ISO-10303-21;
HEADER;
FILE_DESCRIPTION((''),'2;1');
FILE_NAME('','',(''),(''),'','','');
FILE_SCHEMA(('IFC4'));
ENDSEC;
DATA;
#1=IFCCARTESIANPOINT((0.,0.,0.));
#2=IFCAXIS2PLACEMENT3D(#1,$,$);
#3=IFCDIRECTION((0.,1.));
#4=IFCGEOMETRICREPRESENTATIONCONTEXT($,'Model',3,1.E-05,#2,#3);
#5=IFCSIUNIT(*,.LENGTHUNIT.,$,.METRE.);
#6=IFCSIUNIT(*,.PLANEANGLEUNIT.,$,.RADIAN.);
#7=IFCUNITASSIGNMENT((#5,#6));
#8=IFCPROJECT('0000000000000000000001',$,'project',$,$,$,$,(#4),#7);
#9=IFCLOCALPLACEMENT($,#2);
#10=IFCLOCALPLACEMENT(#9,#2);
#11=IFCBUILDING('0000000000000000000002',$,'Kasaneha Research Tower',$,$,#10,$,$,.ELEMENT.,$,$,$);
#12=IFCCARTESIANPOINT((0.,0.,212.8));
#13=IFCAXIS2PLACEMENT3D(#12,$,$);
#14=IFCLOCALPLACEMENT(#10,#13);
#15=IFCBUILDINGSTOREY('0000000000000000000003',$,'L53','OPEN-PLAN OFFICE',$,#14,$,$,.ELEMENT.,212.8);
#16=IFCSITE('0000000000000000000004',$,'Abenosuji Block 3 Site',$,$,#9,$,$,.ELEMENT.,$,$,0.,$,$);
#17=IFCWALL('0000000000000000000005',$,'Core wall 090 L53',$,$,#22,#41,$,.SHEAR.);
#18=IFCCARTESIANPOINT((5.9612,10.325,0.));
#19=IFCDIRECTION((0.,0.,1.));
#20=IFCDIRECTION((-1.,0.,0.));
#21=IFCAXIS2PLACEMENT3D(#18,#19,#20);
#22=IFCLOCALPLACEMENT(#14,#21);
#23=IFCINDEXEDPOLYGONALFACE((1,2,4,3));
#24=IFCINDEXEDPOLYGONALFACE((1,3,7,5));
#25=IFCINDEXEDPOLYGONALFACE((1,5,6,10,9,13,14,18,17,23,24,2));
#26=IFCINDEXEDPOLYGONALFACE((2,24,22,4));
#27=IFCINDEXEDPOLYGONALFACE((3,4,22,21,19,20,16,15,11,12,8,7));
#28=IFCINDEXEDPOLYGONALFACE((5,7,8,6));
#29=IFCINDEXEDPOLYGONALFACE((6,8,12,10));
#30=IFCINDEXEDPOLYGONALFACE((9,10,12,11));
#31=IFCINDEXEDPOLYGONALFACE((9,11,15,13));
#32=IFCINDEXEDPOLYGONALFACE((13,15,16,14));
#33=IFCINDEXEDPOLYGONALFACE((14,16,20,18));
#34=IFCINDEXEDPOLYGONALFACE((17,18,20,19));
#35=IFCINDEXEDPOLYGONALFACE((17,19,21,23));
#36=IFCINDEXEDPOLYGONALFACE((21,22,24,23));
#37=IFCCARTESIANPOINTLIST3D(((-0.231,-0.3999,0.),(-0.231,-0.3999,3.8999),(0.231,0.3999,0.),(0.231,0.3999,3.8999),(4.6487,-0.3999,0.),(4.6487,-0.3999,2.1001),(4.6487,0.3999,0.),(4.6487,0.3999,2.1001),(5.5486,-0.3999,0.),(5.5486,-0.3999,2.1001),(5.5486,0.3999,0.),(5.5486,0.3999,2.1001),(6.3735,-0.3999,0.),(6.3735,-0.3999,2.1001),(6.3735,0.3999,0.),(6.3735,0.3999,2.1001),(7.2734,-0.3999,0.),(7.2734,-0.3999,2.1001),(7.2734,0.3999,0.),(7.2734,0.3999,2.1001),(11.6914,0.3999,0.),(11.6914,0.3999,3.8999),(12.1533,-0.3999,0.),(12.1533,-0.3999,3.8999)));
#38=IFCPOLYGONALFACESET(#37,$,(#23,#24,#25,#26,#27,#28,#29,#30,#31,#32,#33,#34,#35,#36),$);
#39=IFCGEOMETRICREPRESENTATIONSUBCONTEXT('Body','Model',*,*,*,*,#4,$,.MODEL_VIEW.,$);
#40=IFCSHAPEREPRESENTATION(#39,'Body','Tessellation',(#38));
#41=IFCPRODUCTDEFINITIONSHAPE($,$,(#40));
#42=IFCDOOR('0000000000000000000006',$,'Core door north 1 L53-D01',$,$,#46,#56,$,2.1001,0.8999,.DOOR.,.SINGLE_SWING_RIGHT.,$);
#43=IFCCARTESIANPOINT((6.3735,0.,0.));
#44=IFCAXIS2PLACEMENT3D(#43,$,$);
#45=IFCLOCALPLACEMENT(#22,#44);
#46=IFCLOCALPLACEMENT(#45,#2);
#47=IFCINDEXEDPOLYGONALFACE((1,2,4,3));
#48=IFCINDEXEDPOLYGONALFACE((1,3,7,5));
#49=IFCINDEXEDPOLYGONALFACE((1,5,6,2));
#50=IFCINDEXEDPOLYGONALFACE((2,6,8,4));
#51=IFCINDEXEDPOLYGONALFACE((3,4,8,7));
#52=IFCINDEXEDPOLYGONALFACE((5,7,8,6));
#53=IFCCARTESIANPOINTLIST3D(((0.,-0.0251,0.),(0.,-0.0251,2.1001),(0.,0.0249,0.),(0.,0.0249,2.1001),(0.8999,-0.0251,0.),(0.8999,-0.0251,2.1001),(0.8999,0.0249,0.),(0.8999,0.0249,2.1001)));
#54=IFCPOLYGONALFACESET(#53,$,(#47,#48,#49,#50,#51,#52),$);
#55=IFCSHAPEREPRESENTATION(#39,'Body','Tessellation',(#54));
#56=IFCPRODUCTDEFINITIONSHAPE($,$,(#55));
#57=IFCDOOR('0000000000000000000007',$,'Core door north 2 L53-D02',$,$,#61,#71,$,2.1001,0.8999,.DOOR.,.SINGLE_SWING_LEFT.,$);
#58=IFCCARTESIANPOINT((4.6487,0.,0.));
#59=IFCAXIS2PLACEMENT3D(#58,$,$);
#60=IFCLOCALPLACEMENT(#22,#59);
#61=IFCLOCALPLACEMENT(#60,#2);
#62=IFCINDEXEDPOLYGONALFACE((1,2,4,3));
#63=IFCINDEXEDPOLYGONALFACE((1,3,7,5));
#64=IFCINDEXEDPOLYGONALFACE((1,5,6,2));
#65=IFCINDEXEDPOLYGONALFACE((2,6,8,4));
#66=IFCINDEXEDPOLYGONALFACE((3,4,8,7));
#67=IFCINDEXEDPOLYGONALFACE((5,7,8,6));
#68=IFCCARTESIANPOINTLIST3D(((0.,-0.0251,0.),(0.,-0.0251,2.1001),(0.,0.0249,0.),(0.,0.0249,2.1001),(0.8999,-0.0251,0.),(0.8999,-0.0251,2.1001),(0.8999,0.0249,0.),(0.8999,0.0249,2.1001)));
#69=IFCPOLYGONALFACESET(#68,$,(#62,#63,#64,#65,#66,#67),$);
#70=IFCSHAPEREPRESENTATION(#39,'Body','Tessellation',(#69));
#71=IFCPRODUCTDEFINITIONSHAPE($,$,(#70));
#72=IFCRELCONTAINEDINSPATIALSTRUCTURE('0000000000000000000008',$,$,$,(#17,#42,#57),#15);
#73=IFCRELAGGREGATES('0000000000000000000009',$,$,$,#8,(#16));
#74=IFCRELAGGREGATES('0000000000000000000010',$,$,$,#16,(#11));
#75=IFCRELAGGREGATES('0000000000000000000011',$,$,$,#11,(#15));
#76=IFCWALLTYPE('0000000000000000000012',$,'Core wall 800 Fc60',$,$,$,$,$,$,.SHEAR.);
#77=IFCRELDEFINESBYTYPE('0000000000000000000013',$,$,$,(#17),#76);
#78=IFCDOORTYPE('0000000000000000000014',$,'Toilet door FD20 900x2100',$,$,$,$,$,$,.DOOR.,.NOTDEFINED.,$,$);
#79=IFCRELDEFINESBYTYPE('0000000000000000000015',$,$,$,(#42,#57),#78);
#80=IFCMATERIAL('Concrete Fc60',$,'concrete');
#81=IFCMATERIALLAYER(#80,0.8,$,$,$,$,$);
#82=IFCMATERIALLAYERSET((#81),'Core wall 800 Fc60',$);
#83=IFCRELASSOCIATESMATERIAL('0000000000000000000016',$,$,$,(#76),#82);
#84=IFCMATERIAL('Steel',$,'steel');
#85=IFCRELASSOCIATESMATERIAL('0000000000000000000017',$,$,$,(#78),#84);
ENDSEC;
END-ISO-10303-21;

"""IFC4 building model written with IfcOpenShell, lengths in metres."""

from ifc_helpers import new_model, si_unit, direction, frame, frame_2d, origin, place, context, subcontext, project, spatial, polyline, rectangle, outline, extrude, material, layer, layer_set, type_object, element, fill, save


model = new_model("IFC4")

# Units and contexts
model_context = context("Model", 3, precision=1e-05, world=origin(), true_north=direction((0.0, 1.0)))
body_context = subcontext(model_context, "Body", "Model", "MODEL_VIEW")
ifc_project = project(units=[si_unit("LENGTHUNIT", "METRE"), si_unit("PLANEANGLEUNIT", "RADIAN")], contexts=[model_context])

# Site, building, storey
site_placement = place(None, origin())
site = spatial("IfcSite", under=ifc_project, at=site_placement, Name="Abenosuji Block 3 Site", CompositionType="ELEMENT", RefElevation=0.0)
building_placement = place(site_placement, origin())
building = spatial("IfcBuilding", under=site, at=building_placement, Name="Kasaneha Research Tower", CompositionType="ELEMENT")
storey_placement = place(building_placement, frame((0.0, 0.0, 212.8)))
storey = spatial("IfcBuildingStorey", under=building, at=storey_placement, Name="L53", Description="OPEN-PLAN OFFICE", CompositionType="ELEMENT", Elevation=212.8)

# Wall, openings, doors
ifc_material_1 = material(Name="Concrete Fc60", Category="concrete")
ifc_layer_1 = layer(ifc_material_1, 0.8)
ifc_layer_set_1 = layer_set([ifc_layer_1], Name="Core wall 800 Fc60")
wall_type_1 = type_object("IfcWallType", Name="Core wall 800 Fc60", PredefinedType="SHEAR", material=ifc_layer_set_1)
wall_1_placement = place(storey_placement, frame((5.9612, 10.325, 0.0), z_axis=(0.0, 0.0, 1.0), x_axis=(-1.0, 0.0, 0.0)))
wall_1 = element("IfcWall", 1, at=wall_1_placement, inside=storey, type_object=wall_type_1, Name="Core wall 090 L53", PredefinedType="SHEAR", context=body_context, shape_type="SweptSolid", body=[
    extrude(outline(polyline([(-0.231, -0.3999), (4.6487, -0.3999), (5.5486, -0.3999), (6.3735, -0.3999), (7.2734, -0.3999), (12.1533, -0.3999), (11.6914, 0.3999), (7.2734, 0.3999), (6.3735, 0.3999), (5.5486, 0.3999), (4.6487, 0.3999), (0.231, 0.3999), (-0.231, -0.3999)])), origin(), (0.0, 0.0, 1.0), 3.8999),
])
opening_1_placement = place(wall_1_placement, frame((6.3735, 0.0, 0.0)))
opening_1 = element("IfcOpeningElement", 2, at=opening_1_placement, cuts=wall_1, PredefinedType="OPENING", context=body_context, shape_type="SweptSolid", body=[
    extrude(rectangle(XDim=0.8999, YDim=2.1001, at=frame_2d((0.45, 1.05))), frame((0.0, 0.4102, 0.0), z_axis=(0.0, -1.0, 0.0), x_axis=(1.0, 0.0, 0.0)), (0.0, 0.0, 1.0), 0.8201),
])
opening_2_placement = place(wall_1_placement, frame((4.6487, 0.0, 0.0)))
opening_2 = element("IfcOpeningElement", 3, at=opening_2_placement, cuts=wall_1, PredefinedType="OPENING", context=body_context, shape_type="SweptSolid", body=[
    extrude(rectangle(XDim=0.8999, YDim=2.1001, at=frame_2d((0.45, 1.05))), frame((0.0, 0.4102, 0.0), z_axis=(0.0, -1.0, 0.0), x_axis=(1.0, 0.0, 0.0)), (0.0, 0.0, 1.0), 0.8201),
])
ifc_material_2 = material(Name="Steel", Category="steel")
door_type_1 = type_object("IfcDoorType", Name="Toilet door FD20 900x2100", OperationType="NOTDEFINED", PredefinedType="DOOR", material=ifc_material_2)
door_1_placement = place(opening_1_placement, origin())
door_1 = element("IfcDoor", 4, at=door_1_placement, inside=storey, type_object=door_type_1, Name="Core door north 1 L53-D01", OperationType="SINGLE_SWING_RIGHT", OverallHeight=2.1001, OverallWidth=0.8999, PredefinedType="DOOR", context=body_context, shape_type="SweptSolid", body=[
    extrude(rectangle(XDim=0.8999, YDim=2.1001, at=frame_2d((0.45, 1.05))), frame((0.0, 0.0249, 0.0), z_axis=(0.0, -1.0, 0.0), x_axis=(1.0, 0.0, 0.0)), (0.0, 0.0, 1.0), 0.05),
])
fill(opening_1, door_1)
door_2_placement = place(opening_2_placement, origin())
door_2 = element("IfcDoor", 5, at=door_2_placement, inside=storey, type_object=door_type_1, Name="Core door north 2 L53-D02", OperationType="SINGLE_SWING_LEFT", OverallHeight=2.1001, OverallWidth=0.8999, PredefinedType="DOOR", context=body_context, shape_type="SweptSolid", body=[
    extrude(rectangle(XDim=0.8999, YDim=2.1001, at=frame_2d((0.45, 1.05))), frame((0.0, 0.0249, 0.0), z_axis=(0.0, -1.0, 0.0), x_axis=(1.0, 0.0, 0.0)), (0.0, 0.0, 1.0), 0.05),
])
fill(opening_2, door_2)

save(model, "model.ifc")
